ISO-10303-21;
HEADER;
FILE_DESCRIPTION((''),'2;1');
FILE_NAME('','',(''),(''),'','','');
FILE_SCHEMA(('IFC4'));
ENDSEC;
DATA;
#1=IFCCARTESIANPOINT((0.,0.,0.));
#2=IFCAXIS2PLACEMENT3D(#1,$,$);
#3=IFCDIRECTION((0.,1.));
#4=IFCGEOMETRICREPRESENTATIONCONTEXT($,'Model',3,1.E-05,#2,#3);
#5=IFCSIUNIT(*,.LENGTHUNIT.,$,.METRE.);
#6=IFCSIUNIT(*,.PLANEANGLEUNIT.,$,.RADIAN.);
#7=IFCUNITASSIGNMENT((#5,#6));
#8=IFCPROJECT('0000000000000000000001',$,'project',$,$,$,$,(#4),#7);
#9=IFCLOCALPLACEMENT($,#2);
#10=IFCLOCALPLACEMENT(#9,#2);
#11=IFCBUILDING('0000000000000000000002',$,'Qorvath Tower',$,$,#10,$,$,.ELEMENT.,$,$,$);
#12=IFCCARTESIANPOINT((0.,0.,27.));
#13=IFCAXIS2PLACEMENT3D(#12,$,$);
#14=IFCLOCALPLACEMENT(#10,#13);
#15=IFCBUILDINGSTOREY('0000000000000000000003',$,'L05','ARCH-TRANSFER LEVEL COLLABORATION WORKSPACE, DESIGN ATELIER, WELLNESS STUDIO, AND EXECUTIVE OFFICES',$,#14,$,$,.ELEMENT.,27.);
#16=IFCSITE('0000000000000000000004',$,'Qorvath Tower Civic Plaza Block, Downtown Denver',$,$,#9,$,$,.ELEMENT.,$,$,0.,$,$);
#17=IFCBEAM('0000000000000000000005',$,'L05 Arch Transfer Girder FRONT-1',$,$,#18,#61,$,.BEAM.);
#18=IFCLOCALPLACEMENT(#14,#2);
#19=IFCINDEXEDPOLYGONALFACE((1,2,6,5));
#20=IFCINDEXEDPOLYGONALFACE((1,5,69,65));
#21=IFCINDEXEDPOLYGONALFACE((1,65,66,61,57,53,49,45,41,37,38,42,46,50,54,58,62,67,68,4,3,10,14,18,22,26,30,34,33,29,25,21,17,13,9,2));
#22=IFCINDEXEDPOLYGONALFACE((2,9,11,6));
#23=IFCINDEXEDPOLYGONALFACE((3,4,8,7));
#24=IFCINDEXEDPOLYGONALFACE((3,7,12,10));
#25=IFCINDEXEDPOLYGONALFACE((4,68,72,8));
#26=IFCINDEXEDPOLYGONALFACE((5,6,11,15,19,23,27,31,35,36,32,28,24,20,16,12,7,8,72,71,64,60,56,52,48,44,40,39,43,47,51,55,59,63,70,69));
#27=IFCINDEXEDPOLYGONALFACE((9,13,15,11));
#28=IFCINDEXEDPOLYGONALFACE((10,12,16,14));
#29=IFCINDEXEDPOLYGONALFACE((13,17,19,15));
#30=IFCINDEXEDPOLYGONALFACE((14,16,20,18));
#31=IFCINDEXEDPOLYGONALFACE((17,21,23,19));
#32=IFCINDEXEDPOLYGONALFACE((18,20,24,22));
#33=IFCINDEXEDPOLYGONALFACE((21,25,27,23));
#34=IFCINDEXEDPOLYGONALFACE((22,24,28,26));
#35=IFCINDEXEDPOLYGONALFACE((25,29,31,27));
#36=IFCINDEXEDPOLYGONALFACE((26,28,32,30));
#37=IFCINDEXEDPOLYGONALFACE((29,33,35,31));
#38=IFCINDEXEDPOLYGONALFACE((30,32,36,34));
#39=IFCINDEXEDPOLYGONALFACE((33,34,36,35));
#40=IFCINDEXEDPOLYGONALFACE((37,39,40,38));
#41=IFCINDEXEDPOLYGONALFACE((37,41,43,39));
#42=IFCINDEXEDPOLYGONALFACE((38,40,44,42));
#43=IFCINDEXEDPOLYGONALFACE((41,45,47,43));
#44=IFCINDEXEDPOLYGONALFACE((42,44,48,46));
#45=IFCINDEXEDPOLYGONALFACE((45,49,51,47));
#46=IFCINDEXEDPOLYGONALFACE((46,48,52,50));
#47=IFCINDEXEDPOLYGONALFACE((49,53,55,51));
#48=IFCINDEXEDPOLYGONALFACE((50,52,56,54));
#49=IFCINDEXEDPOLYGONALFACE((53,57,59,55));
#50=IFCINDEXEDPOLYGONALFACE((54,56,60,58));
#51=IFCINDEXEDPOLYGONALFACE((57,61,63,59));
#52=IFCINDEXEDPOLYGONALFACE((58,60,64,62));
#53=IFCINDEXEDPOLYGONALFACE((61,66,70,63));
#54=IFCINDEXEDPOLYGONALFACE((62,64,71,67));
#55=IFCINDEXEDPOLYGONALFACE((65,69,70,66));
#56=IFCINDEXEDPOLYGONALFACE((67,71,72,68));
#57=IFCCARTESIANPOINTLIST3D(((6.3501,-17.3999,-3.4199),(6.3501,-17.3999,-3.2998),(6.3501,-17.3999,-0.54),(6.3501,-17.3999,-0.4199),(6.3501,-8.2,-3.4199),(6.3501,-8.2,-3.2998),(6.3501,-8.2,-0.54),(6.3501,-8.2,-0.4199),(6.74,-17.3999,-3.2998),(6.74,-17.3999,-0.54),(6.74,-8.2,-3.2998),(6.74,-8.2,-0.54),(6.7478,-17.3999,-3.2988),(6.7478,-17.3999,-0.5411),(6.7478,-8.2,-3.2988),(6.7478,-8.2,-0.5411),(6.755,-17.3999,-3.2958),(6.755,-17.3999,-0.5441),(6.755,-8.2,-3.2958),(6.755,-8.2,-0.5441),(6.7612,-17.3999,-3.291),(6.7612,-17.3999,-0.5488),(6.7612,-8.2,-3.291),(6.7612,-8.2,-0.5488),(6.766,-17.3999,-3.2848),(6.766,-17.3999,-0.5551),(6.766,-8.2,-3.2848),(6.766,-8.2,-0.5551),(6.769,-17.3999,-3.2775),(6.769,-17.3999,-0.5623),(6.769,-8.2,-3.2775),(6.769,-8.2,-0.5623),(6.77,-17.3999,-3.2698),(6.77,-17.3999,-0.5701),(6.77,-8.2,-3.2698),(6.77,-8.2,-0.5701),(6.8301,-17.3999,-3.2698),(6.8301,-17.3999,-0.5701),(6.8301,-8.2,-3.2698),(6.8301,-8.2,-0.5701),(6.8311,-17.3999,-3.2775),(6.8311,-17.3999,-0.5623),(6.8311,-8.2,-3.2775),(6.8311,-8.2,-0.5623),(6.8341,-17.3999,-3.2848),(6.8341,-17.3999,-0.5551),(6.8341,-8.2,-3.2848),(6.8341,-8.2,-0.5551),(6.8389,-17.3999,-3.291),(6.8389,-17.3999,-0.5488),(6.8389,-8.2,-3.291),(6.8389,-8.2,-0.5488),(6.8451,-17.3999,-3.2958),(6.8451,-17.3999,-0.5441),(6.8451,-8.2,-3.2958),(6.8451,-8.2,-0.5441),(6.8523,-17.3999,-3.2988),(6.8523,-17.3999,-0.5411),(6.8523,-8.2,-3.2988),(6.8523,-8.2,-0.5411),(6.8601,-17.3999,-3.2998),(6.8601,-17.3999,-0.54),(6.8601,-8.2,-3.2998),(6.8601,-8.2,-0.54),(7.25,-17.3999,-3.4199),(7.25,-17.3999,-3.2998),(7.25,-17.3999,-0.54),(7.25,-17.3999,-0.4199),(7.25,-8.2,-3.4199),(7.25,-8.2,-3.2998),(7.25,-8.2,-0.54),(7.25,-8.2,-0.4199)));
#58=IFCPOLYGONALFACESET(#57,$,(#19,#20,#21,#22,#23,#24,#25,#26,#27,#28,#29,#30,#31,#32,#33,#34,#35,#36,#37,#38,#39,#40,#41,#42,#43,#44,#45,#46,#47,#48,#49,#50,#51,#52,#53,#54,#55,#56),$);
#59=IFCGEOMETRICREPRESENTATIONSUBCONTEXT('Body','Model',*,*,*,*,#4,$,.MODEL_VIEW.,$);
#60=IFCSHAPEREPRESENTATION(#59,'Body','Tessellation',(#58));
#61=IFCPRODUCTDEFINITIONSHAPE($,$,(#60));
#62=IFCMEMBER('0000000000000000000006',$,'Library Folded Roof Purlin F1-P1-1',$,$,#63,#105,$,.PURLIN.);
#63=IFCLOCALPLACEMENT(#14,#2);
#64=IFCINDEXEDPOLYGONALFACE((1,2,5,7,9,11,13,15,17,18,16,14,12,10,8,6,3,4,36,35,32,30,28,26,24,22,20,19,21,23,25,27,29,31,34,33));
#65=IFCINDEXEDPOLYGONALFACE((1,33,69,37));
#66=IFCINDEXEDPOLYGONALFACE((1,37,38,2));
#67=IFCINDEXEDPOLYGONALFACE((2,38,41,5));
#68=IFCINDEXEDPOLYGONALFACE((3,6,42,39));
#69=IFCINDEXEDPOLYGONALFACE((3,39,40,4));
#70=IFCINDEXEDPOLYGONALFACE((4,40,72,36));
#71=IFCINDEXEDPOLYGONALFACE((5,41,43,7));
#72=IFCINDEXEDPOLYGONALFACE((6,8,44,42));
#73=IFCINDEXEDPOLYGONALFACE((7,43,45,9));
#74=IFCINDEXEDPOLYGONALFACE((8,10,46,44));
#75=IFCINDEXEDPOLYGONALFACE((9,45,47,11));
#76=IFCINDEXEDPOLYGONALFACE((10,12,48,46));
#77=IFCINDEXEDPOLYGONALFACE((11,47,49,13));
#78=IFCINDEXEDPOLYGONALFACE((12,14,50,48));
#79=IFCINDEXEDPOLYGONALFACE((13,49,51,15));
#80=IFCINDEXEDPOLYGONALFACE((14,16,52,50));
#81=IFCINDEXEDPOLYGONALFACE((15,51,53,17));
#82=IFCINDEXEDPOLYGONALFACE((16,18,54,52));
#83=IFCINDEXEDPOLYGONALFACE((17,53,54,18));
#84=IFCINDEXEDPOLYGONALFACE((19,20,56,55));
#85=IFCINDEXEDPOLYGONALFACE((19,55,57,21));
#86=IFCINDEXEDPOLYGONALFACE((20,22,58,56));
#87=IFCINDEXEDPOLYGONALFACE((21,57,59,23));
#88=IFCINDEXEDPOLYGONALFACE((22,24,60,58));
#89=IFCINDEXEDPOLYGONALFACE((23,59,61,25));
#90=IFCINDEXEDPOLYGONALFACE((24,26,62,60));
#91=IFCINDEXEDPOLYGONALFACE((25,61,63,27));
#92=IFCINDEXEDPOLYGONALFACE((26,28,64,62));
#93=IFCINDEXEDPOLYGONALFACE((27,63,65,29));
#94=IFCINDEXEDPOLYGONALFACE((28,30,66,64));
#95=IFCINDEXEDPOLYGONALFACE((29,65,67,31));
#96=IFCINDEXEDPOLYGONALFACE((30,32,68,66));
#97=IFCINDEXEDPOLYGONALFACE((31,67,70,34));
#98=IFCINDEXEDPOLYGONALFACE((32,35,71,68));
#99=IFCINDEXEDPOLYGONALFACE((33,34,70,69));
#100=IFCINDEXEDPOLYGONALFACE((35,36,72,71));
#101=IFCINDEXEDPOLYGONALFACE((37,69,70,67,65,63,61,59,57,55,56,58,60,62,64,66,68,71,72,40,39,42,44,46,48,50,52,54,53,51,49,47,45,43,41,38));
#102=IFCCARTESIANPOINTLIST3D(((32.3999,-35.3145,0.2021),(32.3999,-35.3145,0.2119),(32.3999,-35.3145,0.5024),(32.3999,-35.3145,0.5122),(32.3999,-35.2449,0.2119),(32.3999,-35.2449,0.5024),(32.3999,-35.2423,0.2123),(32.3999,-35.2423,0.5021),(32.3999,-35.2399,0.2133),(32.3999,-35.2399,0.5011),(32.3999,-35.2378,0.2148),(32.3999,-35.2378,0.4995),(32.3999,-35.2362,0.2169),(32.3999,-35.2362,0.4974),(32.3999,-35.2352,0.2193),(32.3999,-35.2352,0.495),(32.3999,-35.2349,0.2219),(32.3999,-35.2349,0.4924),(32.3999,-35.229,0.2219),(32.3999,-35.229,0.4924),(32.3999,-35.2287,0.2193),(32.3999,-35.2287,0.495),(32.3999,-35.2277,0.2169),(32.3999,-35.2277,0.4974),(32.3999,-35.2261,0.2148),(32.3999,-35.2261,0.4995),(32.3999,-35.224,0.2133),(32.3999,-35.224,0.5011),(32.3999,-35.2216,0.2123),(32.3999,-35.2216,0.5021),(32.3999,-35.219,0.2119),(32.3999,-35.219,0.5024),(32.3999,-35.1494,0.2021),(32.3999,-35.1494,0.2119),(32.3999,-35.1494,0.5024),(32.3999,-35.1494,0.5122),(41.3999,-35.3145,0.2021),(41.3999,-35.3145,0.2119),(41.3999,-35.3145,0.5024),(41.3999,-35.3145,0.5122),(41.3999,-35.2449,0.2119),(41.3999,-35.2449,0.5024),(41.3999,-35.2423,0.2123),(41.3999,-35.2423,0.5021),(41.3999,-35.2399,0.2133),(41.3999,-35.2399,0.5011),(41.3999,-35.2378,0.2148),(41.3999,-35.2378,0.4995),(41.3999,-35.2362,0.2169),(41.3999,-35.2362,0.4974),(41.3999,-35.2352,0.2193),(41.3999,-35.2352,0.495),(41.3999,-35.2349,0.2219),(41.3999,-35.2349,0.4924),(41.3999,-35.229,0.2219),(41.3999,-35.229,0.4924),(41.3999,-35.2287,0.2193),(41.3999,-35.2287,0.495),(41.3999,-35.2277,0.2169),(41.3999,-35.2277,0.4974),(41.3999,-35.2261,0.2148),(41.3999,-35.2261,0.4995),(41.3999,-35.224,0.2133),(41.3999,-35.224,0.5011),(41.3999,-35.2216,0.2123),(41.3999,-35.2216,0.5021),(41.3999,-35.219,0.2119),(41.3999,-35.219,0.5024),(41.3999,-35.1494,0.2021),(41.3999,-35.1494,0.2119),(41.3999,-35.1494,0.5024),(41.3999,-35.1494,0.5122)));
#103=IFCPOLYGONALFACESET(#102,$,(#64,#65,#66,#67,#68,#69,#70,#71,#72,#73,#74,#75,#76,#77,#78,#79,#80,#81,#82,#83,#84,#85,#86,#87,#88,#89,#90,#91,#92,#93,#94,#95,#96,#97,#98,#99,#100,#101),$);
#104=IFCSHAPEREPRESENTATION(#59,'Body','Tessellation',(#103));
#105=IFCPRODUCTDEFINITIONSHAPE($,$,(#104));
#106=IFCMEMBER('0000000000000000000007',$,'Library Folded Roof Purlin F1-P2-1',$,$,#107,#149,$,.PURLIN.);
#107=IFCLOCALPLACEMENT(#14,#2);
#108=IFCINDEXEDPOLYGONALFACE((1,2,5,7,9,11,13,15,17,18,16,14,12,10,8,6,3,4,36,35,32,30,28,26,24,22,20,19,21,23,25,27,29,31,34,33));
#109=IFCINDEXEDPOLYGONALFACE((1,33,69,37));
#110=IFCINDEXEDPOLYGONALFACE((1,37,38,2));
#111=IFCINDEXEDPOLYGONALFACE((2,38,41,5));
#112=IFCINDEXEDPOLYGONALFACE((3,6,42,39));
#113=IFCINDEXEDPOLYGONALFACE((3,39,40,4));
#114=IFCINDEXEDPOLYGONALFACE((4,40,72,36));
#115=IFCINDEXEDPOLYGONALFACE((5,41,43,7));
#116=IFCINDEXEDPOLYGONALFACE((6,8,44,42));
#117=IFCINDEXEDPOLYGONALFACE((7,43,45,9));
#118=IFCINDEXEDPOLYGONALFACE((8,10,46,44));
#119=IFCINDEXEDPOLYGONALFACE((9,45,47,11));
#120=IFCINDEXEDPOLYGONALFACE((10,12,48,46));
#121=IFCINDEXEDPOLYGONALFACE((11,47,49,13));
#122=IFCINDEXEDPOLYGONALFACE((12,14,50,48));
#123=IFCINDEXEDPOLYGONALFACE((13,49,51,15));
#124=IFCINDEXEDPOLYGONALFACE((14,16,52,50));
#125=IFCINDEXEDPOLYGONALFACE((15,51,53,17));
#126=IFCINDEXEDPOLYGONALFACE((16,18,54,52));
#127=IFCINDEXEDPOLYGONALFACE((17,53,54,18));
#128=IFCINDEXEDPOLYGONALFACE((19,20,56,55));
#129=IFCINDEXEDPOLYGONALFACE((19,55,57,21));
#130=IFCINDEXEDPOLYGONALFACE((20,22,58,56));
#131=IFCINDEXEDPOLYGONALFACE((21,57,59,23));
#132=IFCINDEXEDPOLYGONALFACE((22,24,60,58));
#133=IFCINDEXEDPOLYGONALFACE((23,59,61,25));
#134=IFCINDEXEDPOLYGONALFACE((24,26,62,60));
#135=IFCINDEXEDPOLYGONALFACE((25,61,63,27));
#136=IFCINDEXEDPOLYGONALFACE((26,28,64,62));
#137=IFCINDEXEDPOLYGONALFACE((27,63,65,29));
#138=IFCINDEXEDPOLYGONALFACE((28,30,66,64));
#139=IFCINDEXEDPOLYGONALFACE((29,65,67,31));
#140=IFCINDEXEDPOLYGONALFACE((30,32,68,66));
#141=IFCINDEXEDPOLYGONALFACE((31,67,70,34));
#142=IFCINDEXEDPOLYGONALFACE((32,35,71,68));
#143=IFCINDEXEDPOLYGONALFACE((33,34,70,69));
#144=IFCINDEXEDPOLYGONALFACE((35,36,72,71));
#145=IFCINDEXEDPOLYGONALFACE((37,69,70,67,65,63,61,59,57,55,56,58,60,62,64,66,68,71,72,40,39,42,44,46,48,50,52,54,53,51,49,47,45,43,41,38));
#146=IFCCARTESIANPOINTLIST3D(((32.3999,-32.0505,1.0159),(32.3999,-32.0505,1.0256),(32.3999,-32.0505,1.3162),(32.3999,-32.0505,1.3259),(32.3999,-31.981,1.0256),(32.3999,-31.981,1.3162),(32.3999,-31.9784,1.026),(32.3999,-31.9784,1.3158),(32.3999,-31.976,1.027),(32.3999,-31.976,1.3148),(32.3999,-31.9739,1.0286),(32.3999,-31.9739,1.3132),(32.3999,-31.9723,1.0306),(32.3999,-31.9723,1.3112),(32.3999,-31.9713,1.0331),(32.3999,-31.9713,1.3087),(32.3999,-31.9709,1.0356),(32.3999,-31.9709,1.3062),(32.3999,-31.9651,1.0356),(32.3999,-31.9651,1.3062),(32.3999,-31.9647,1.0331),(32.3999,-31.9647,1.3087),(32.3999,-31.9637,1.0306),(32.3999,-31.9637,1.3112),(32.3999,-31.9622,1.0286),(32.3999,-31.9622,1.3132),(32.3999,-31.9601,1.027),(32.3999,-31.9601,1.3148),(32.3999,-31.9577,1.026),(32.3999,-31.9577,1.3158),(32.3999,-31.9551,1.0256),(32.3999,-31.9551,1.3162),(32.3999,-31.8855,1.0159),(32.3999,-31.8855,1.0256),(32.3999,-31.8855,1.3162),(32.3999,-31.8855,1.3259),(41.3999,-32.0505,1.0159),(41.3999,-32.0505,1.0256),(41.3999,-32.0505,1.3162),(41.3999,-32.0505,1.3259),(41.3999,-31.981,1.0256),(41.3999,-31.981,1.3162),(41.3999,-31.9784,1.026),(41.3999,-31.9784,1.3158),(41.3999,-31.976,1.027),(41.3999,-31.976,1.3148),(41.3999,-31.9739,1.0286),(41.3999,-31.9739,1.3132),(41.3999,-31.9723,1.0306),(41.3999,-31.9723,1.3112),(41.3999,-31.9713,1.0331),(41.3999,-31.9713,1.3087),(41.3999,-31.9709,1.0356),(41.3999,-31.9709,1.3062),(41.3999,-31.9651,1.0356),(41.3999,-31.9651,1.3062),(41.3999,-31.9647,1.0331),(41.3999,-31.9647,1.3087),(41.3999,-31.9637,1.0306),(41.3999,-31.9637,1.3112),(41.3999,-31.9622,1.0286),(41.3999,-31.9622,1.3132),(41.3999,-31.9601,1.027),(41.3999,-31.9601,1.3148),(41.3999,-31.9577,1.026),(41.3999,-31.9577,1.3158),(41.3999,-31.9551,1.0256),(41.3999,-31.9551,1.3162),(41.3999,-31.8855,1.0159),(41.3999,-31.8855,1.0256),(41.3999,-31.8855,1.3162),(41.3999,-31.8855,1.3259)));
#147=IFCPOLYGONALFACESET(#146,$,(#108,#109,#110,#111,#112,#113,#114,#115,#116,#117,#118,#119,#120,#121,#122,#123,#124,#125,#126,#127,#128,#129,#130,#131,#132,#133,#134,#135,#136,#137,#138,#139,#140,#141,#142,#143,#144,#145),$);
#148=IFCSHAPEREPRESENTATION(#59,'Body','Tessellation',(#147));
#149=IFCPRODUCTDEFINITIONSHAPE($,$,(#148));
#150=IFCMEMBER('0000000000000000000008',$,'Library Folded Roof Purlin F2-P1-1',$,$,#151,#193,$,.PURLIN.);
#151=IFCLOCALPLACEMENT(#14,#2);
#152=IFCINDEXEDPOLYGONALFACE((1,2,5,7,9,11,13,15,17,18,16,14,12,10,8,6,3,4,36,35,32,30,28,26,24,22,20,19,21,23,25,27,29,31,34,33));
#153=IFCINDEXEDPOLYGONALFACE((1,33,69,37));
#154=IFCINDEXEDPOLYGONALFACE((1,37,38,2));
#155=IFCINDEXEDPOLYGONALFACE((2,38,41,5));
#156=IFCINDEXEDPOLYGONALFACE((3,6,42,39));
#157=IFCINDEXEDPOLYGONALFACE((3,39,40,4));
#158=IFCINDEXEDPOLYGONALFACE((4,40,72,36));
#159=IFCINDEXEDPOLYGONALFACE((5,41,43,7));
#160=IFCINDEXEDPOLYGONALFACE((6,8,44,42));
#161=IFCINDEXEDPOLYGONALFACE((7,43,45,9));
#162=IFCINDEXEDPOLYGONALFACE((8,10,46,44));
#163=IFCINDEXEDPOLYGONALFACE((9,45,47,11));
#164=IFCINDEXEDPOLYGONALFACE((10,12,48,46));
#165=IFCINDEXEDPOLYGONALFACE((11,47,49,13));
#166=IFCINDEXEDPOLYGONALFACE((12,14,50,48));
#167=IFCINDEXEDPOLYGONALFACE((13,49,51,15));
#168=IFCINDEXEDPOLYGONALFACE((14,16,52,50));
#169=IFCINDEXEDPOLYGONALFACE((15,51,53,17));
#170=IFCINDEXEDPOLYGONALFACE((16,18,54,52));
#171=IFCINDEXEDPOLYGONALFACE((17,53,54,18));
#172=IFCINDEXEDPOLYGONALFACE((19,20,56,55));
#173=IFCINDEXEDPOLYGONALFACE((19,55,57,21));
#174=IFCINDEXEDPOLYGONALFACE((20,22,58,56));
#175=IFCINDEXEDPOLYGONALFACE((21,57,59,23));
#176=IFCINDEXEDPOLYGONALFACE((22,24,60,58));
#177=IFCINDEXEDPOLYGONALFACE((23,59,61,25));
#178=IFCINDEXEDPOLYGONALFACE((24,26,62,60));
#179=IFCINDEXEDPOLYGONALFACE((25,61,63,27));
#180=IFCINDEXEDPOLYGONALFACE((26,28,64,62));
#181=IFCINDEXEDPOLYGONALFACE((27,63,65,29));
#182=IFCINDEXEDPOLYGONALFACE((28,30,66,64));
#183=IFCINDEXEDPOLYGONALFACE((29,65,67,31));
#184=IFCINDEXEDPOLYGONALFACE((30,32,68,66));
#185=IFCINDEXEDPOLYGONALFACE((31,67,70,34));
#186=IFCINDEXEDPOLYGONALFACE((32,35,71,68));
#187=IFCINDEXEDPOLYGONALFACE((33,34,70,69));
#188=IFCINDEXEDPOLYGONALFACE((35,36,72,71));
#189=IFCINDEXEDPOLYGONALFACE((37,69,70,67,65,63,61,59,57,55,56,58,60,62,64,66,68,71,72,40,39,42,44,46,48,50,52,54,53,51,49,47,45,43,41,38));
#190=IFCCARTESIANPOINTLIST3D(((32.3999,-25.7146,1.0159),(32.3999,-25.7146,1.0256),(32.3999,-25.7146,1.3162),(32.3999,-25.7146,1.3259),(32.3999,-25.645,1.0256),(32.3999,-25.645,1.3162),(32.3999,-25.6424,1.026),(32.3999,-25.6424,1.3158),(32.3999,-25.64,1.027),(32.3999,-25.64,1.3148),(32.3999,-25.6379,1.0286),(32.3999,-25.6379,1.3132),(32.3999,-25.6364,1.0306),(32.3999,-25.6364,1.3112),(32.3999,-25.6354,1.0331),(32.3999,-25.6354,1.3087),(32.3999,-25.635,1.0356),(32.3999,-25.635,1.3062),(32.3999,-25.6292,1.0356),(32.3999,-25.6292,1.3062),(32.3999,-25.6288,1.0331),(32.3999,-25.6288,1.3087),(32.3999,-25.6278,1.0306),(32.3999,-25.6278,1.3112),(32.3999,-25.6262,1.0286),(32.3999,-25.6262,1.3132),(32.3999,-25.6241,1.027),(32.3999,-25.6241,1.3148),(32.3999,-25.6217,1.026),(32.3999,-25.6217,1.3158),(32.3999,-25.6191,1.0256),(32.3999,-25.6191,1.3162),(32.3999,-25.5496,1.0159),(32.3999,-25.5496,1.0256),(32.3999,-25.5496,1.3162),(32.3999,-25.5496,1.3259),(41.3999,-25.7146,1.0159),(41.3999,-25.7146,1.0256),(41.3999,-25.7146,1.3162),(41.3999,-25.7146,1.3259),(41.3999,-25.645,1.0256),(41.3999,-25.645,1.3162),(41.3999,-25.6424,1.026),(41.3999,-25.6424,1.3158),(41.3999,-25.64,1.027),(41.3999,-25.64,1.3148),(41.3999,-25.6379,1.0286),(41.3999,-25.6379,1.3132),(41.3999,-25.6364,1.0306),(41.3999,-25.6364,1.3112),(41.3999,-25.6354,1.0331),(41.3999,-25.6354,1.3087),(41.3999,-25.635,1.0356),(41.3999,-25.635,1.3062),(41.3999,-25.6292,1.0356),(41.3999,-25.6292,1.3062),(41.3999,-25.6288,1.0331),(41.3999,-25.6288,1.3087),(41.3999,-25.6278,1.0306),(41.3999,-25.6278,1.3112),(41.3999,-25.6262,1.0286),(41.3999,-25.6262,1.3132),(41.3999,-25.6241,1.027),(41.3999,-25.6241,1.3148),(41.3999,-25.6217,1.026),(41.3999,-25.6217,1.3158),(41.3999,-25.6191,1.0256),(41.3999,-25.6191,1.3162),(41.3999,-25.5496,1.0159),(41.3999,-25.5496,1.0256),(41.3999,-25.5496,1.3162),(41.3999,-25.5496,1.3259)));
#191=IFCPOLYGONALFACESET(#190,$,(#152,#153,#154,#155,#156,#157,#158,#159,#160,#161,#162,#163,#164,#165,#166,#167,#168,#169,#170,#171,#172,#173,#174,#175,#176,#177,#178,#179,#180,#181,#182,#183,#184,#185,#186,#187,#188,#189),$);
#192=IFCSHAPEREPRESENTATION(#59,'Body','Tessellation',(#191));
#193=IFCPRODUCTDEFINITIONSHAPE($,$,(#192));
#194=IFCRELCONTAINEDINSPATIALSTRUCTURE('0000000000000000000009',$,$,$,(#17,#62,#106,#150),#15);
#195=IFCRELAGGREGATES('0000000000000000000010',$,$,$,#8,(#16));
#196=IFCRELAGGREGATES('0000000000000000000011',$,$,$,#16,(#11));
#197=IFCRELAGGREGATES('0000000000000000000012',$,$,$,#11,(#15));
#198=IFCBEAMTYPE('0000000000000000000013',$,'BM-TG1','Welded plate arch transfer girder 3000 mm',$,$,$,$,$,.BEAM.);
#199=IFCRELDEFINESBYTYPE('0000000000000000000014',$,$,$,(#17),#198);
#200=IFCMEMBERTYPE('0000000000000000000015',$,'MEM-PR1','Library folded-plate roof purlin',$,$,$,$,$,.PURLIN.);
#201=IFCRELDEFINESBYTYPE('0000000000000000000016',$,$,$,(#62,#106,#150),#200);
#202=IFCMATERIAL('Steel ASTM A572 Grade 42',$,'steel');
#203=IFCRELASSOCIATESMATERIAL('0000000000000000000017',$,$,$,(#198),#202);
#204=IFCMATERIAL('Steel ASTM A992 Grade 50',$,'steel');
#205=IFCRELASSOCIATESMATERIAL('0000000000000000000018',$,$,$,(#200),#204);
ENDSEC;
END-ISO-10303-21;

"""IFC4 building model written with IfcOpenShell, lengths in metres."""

from ifc_helpers import new_model, si_unit, direction, frame, origin, origin_2d, place, context, subcontext, project, spatial, i_section, extrude, material, material_profile, profile_set, type_object, element, save


model = new_model("IFC4")

# Units and contexts
model_context = context("Model", 3, precision=1e-05, world=origin(), true_north=direction((0.0, 1.0)))
body_context = subcontext(model_context, "Body", "Model", "MODEL_VIEW")
ifc_project = project(units=[si_unit("LENGTHUNIT", "METRE"), si_unit("PLANEANGLEUNIT", "RADIAN")], contexts=[model_context])

# Site, building, storey
site_placement = place(None, origin())
site = spatial("IfcSite", under=ifc_project, at=site_placement, Name="Qorvath Tower Civic Plaza Block, Downtown Denver", CompositionType="ELEMENT", RefElevation=0.0)
building_placement = place(site_placement, origin())
building = spatial("IfcBuilding", under=site, at=building_placement, Name="Qorvath Tower", CompositionType="ELEMENT")
storey_placement = place(building_placement, frame((0.0, 0.0, 27.0)))
storey = spatial("IfcBuildingStorey", under=building, at=storey_placement, Name="L05", Description="ARCH-TRANSFER LEVEL COLLABORATION WORKSPACE, DESIGN ATELIER, WELLNESS STUDIO, AND EXECUTIVE OFFICES", CompositionType="ELEMENT", Elevation=27.0)

# Beam
ifc_material_1 = material(Name="Steel ASTM A572 Grade 42", Category="steel")
ifc_material_profile_1 = material_profile(ifc_material_1, i_section(OverallWidth=0.8999, OverallDepth=3.0, WebThickness=0.0601, FlangeThickness=0.1201, FilletRadius=0.03, at=origin_2d()), Name="WTG 3000x900")
ifc_profile_set_1 = profile_set([ifc_material_profile_1], Name="Steel ASTM A572 Grade 42")
beam_type_1 = type_object("IfcBeamType", Name="BM-TG1", Description="Welded plate arch transfer girder 3000 mm", PredefinedType="BEAM", material=ifc_profile_set_1)
beam_1_placement = place(storey_placement, frame((6.8, -17.3999, -1.9199), z_axis=(0.0, 1.0, 0.0), x_axis=(-1.0, 0.0, 0.0)))
element("IfcBeam", 1, at=beam_1_placement, inside=storey, type_object=beam_type_1, Name="L05 Arch Transfer Girder FRONT-1", PredefinedType="BEAM", context=body_context, shape_type="SweptSolid", body=[
    extrude(i_section(OverallWidth=0.8999, OverallDepth=3.0, WebThickness=0.0601, FlangeThickness=0.1201, FilletRadius=0.03, at=origin_2d()), origin(), (0.0, 0.0, 1.0), 9.2),
])

# Members
ifc_material_2 = material(Name="Steel ASTM A992 Grade 50", Category="steel")
ifc_material_profile_2 = material_profile(ifc_material_2, i_section(OverallWidth=0.165, OverallDepth=0.3101, WebThickness=0.0059, FlangeThickness=0.0098, FilletRadius=0.01, at=origin_2d()), Name="W12x26")
ifc_profile_set_2 = profile_set([ifc_material_profile_2], Name="Steel ASTM A992 Grade 50")
member_type_1 = type_object("IfcMemberType", Name="MEM-PR1", Description="Library folded-plate roof purlin", PredefinedType="PURLIN", material=ifc_profile_set_2)
for number, where, z_axis, x_axis, name in (
    (2, (32.3999, -35.2319, 0.3572), (1.0, 0.0, 0.0), (0.0, 1.0, 0.0), "Library Folded Roof Purlin F1-P1-1"),
    (3, (32.3999, -31.968, 1.1709), (1.0, 0.0, 0.0), (0.0, 1.0, 0.0), "Library Folded Roof Purlin F1-P2-1"),
    (4, (32.3999, -25.6321, 1.1709), (1.0, 0.0, 0.0), (0.0, 1.0, 0.0), "Library Folded Roof Purlin F2-P1-1"),
):
    element("IfcMember", number, at=place(storey_placement, frame(where, z_axis=z_axis, x_axis=x_axis)), inside=storey, type_object=member_type_1, Name=name, PredefinedType="PURLIN", context=body_context, shape_type="SweptSolid", body=[
        extrude(i_section(OverallWidth=0.165, OverallDepth=0.3101, WebThickness=0.0059, FlangeThickness=0.0098, FilletRadius=0.01, at=origin_2d()), origin(), (0.0, 0.0, 1.0), 9.0),
    ])

save(model, "model.ifc")
